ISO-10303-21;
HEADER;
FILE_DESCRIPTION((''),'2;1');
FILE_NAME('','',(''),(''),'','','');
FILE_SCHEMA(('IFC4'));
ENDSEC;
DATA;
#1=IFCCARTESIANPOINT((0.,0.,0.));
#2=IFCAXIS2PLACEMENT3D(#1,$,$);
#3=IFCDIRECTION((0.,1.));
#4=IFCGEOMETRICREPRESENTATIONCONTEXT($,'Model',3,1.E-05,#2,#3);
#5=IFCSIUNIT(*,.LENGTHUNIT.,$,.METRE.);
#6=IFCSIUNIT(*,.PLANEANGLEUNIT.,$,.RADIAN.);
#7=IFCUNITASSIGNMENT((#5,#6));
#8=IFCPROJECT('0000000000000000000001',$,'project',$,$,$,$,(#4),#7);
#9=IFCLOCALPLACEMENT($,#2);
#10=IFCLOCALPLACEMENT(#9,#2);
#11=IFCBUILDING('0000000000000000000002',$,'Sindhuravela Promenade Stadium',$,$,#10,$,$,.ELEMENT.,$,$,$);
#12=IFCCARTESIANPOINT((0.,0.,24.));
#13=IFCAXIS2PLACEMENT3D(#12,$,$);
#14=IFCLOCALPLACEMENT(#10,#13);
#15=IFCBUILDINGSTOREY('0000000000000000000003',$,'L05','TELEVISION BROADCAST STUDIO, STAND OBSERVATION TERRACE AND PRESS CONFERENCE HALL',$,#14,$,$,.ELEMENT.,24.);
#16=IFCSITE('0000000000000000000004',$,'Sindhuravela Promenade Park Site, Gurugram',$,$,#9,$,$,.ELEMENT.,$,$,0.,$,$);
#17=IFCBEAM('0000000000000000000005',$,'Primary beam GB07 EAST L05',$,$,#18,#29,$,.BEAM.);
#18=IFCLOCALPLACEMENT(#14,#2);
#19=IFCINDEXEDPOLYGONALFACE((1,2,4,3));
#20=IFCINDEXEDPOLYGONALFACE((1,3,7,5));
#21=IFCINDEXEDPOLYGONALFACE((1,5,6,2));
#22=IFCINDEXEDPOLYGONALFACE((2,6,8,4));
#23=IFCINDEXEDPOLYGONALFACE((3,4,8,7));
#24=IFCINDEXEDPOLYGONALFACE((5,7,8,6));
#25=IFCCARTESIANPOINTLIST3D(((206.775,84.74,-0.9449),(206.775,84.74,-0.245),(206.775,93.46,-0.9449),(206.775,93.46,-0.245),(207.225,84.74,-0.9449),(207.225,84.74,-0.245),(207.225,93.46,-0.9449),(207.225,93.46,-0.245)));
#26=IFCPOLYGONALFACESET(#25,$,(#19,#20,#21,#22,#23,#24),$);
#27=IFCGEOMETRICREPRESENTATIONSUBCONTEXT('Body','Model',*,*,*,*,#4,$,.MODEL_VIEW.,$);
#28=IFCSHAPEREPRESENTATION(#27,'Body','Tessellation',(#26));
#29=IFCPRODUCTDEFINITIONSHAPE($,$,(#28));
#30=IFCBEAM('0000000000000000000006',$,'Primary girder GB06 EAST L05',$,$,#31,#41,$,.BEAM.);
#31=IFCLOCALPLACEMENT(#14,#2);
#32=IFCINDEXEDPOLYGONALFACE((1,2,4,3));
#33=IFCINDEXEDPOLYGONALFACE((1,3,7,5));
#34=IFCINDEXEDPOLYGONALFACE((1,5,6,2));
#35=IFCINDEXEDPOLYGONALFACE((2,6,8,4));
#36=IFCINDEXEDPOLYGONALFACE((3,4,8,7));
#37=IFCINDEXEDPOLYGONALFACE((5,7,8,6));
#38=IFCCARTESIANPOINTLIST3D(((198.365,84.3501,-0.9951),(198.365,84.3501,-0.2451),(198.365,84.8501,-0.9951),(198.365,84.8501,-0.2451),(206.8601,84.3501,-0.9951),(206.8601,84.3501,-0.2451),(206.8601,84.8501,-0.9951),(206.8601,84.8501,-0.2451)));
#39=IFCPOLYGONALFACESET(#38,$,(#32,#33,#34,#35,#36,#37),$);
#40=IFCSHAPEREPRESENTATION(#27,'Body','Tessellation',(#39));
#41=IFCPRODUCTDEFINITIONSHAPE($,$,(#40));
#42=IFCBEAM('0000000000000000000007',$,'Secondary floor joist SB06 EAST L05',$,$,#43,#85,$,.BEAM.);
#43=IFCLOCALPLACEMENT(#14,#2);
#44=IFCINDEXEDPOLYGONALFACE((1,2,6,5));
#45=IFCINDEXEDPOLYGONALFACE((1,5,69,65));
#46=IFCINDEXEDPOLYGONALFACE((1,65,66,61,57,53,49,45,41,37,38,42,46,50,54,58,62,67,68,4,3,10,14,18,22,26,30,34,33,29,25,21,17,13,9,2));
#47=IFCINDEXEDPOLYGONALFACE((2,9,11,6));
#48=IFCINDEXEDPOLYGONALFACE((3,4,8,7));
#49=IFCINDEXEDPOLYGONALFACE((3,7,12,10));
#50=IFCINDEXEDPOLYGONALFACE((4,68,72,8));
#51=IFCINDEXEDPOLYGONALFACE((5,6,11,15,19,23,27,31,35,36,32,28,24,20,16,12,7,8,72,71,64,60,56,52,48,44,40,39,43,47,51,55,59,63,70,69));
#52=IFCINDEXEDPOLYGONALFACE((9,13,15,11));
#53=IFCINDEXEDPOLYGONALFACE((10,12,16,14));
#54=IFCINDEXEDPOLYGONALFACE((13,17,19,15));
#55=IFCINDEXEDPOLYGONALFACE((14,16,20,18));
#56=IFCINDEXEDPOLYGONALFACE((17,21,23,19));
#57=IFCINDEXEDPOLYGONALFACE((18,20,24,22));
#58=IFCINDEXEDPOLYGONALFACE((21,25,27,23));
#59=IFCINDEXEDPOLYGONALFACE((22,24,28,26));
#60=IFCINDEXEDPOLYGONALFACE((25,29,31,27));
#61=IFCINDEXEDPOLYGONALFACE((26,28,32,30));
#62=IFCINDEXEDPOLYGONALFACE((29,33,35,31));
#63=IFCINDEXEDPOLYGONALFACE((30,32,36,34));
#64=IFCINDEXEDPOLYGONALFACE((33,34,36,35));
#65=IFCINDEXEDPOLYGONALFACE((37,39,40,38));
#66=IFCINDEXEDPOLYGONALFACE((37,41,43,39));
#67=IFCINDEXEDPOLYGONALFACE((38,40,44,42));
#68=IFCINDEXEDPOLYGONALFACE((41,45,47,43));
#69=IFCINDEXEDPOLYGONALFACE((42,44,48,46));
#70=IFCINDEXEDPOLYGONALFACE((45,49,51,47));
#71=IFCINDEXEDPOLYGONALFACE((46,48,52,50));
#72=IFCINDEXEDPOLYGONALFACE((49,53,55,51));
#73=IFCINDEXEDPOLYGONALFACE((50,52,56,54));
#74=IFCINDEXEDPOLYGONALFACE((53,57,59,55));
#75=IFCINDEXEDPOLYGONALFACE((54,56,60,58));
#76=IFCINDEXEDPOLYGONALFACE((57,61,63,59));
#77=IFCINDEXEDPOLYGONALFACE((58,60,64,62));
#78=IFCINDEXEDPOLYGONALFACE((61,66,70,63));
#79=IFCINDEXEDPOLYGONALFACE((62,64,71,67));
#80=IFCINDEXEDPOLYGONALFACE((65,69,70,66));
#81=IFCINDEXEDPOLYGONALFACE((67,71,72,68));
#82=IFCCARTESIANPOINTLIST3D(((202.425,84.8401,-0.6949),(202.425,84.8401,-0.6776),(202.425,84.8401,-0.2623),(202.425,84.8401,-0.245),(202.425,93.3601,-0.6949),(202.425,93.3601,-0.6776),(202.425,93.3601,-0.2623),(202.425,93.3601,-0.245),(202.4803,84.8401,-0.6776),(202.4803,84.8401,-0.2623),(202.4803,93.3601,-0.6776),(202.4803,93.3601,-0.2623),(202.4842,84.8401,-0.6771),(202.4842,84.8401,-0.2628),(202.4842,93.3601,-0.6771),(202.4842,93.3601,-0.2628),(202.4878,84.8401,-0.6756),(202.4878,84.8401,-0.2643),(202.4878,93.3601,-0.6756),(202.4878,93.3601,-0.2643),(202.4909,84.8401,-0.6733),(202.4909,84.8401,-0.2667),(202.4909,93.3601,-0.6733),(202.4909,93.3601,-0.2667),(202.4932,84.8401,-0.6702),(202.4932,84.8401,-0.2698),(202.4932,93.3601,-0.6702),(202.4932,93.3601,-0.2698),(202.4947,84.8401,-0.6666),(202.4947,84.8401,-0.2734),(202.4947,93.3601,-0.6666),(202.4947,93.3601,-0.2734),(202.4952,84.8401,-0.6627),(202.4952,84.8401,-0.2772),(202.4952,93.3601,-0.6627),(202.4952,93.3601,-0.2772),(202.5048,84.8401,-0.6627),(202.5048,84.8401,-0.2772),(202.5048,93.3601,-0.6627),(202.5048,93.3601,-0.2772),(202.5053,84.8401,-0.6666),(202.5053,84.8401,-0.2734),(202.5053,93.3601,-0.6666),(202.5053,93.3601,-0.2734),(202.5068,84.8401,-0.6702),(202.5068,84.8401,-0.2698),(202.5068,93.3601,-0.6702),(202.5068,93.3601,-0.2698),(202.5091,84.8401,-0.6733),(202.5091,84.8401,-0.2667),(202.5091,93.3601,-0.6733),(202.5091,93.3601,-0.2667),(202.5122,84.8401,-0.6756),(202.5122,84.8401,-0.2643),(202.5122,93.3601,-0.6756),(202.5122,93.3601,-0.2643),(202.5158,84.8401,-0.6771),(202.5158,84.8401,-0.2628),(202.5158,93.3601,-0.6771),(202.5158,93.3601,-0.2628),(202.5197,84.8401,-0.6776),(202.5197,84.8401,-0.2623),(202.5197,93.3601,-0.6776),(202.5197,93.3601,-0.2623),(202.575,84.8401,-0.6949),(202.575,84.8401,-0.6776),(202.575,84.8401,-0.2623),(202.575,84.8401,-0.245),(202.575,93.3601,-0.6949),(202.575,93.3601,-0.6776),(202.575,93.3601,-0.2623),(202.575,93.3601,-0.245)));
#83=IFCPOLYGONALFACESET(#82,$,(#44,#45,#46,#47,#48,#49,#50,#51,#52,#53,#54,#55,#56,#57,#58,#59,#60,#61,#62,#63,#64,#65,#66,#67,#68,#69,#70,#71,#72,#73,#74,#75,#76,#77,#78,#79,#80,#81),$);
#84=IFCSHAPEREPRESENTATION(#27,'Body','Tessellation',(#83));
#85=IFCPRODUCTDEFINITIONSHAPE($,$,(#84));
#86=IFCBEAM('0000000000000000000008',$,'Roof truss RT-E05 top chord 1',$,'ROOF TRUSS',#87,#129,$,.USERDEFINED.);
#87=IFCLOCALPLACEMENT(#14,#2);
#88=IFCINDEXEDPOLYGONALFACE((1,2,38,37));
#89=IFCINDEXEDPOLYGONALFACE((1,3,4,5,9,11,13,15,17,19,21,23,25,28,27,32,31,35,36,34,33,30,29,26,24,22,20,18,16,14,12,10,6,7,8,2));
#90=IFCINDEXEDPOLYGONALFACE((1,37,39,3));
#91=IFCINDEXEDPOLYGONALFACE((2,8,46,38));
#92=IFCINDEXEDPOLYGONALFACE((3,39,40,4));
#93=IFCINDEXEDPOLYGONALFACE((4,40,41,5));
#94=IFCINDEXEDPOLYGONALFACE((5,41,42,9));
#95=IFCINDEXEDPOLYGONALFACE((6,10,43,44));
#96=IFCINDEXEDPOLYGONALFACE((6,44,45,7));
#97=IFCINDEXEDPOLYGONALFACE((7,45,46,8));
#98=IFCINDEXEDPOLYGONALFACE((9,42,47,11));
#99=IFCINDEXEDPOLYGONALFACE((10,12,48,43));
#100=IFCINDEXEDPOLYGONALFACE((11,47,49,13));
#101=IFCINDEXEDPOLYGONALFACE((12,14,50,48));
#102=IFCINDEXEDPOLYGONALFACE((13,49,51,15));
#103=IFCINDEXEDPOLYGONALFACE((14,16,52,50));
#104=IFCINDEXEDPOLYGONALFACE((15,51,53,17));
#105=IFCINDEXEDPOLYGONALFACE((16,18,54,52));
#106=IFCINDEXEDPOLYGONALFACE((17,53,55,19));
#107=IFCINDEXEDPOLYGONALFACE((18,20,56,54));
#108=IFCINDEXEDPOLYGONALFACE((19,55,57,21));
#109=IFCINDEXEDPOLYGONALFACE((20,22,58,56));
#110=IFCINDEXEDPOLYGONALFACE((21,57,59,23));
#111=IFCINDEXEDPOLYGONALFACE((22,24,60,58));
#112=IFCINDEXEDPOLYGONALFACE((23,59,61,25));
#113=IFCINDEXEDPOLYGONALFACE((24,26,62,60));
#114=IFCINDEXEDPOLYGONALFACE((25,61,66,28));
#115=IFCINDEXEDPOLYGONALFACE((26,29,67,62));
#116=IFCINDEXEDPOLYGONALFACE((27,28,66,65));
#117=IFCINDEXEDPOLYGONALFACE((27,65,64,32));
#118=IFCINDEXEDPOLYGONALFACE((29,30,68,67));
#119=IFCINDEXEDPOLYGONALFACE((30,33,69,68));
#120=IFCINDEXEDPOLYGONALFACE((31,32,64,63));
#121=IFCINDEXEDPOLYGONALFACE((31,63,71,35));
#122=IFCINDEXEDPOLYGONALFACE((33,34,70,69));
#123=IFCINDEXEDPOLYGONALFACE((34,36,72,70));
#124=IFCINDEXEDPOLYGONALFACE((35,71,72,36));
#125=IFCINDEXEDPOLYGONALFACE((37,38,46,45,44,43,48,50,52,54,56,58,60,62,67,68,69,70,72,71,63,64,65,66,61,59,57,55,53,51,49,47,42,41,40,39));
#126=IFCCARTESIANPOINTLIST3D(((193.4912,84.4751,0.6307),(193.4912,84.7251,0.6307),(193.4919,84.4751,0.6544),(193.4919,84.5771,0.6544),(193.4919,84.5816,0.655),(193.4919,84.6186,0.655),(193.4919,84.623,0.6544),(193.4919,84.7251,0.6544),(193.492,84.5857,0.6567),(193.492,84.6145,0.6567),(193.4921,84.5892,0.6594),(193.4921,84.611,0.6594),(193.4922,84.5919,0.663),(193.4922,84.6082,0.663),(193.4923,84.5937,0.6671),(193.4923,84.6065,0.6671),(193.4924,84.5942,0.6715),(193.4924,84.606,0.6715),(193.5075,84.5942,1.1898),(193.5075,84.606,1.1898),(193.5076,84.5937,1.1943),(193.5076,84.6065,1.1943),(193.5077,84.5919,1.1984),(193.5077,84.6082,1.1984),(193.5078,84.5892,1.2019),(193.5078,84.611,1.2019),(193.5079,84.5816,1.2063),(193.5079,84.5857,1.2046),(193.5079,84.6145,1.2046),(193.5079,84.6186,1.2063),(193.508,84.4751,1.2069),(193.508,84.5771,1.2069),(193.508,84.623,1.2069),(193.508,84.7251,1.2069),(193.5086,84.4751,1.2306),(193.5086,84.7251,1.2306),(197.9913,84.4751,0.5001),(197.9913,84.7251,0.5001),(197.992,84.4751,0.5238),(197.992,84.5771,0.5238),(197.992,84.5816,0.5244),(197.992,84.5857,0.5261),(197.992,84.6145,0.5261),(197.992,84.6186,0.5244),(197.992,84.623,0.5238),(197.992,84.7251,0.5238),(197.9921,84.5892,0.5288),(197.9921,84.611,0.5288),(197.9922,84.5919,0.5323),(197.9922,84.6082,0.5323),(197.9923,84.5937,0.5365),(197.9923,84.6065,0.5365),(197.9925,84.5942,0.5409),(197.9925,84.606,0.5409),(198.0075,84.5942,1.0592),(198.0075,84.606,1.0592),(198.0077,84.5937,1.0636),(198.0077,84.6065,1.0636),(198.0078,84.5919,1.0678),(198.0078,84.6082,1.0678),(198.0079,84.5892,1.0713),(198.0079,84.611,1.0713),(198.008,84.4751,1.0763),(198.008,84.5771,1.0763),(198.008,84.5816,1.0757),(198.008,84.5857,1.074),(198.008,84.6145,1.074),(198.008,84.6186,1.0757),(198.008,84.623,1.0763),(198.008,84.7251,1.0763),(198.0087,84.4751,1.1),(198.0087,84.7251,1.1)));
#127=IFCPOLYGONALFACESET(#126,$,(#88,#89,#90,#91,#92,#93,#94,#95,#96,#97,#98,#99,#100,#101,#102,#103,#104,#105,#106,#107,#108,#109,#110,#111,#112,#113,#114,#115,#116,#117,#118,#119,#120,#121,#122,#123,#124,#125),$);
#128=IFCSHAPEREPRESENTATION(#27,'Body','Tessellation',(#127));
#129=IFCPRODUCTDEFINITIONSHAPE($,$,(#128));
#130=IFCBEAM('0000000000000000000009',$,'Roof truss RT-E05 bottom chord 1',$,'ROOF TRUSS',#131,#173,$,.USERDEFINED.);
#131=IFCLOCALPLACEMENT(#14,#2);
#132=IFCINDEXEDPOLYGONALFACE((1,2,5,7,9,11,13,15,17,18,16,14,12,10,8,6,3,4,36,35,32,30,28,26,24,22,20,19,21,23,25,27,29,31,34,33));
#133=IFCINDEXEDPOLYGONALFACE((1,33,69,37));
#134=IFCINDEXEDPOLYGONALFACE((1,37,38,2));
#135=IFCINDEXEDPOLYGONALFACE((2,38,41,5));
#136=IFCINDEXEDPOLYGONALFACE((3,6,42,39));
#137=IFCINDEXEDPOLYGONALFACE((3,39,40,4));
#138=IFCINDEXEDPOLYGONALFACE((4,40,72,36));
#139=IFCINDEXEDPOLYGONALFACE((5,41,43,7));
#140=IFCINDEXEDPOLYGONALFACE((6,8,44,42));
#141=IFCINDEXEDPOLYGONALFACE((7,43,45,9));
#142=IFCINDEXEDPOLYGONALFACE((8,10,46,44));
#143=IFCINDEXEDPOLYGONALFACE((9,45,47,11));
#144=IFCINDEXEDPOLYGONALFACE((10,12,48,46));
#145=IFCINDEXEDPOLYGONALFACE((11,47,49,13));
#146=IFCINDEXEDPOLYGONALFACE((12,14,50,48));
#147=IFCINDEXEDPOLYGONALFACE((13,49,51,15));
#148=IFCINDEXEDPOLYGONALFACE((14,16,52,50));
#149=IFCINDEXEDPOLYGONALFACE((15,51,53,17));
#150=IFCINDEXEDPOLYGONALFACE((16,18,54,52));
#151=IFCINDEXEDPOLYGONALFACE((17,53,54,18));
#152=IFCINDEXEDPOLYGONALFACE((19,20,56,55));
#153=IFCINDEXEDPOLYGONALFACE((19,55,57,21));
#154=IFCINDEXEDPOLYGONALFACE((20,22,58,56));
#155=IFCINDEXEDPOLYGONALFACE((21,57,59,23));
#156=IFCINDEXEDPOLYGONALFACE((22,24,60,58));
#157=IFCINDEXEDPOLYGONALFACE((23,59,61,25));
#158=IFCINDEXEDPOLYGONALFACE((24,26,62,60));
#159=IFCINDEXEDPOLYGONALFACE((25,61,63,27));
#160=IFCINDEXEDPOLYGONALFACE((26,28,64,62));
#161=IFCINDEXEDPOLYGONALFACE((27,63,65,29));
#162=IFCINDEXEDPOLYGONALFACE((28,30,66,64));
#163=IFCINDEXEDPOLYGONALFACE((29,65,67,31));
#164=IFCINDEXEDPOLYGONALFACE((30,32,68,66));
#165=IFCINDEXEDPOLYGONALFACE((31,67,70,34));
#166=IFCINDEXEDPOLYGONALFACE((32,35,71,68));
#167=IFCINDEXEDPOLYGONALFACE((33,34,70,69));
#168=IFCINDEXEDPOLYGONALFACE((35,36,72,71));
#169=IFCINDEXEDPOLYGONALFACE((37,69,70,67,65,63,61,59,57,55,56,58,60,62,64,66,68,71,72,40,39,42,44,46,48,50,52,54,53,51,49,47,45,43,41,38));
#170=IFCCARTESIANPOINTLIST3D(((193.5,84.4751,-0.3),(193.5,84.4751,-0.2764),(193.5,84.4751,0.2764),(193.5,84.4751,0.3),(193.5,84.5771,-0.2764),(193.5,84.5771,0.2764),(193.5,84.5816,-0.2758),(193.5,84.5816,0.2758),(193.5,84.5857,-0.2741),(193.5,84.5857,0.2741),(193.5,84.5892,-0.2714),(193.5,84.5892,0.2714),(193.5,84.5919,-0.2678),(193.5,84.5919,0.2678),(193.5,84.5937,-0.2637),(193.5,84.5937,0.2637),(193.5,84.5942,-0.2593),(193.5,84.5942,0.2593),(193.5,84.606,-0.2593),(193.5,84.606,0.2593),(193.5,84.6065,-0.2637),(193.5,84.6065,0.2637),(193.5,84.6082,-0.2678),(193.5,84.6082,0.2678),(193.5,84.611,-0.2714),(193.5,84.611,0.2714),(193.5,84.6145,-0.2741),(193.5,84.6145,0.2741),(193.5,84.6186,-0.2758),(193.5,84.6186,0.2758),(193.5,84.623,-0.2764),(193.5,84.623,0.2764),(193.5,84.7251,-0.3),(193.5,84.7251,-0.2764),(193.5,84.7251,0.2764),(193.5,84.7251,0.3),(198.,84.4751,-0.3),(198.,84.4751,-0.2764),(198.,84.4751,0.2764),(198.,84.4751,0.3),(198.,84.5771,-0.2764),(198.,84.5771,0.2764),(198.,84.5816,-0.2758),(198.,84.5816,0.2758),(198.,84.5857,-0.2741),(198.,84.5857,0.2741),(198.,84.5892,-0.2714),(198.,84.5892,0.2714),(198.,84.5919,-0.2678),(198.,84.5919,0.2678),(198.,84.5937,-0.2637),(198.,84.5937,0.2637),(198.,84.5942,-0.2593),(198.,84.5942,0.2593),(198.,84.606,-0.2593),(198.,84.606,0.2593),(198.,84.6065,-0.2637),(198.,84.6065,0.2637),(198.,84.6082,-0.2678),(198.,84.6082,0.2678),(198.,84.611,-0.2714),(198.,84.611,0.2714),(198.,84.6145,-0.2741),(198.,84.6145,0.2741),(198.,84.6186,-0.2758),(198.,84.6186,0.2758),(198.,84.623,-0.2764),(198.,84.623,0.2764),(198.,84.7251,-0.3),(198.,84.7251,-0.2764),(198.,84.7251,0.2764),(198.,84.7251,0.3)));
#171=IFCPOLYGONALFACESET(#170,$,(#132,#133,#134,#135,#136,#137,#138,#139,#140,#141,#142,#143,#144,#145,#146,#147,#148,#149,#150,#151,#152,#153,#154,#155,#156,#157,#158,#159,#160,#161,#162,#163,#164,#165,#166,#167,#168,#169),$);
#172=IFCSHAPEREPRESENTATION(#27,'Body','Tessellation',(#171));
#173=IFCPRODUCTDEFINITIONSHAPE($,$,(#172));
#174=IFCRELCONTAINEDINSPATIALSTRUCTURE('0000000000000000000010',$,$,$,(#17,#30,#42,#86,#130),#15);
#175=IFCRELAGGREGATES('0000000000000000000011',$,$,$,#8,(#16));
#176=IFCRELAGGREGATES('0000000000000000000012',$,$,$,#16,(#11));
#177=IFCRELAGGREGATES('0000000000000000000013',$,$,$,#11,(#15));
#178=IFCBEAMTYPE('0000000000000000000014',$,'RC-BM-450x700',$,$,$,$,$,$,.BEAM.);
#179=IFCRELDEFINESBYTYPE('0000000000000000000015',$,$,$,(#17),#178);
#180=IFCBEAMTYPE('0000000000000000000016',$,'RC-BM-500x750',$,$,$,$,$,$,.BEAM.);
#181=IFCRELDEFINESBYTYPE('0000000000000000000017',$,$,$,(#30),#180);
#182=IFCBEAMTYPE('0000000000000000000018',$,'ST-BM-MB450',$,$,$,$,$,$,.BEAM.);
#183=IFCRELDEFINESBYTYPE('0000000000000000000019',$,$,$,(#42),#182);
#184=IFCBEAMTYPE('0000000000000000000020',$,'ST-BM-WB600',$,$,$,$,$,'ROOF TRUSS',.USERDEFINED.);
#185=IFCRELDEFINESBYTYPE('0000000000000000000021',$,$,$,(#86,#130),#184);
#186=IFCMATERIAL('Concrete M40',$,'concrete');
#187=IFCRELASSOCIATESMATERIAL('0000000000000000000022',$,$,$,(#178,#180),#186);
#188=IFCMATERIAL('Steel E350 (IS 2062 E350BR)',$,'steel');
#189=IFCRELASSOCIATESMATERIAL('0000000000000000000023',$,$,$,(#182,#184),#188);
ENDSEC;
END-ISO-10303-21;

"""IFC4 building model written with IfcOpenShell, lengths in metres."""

from ifc_helpers import new_model, si_unit, direction, frame, origin, origin_2d, place, context, subcontext, project, spatial, rectangle, i_section, extrude, material, material_profile, profile_set, type_object, element, save


model = new_model("IFC4")

# Units and contexts
model_context = context("Model", 3, precision=1e-05, world=origin(), true_north=direction((0.0, 1.0)))
body_context = subcontext(model_context, "Body", "Model", "MODEL_VIEW")
ifc_project = project(units=[si_unit("LENGTHUNIT", "METRE"), si_unit("PLANEANGLEUNIT", "RADIAN")], contexts=[model_context])

# Site, building, storey
site_placement = place(None, origin())
site = spatial("IfcSite", under=ifc_project, at=site_placement, Name="Sindhuravela Promenade Park Site, Gurugram", CompositionType="ELEMENT", RefElevation=0.0)
building_placement = place(site_placement, origin())
building = spatial("IfcBuilding", under=site, at=building_placement, Name="Sindhuravela Promenade Stadium", CompositionType="ELEMENT")
storey_placement = place(building_placement, frame((0.0, 0.0, 24.0)))
storey = spatial("IfcBuildingStorey", under=building, at=storey_placement, Name="L05", Description="TELEVISION BROADCAST STUDIO, STAND OBSERVATION TERRACE AND PRESS CONFERENCE HALL", CompositionType="ELEMENT", Elevation=24.0)

# Beams
ifc_material_1 = material(Name="Concrete M40", Category="concrete")
ifc_material_profile_1 = material_profile(ifc_material_1, rectangle(XDim=0.45, YDim=0.7, at=origin_2d()), Name="RC 450x700")
ifc_profile_set_1 = profile_set([ifc_material_profile_1], Name="Concrete M40")
beam_type_1 = type_object("IfcBeamType", Name="RC-BM-450x700", PredefinedType="BEAM", material=ifc_profile_set_1)
beam_1_placement = place(storey_placement, frame((207.0, 84.74, -0.595), z_axis=(0.0, 1.0, 0.0), x_axis=(-1.0, 0.0, 0.0)))
element("IfcBeam", 1, at=beam_1_placement, inside=storey, type_object=beam_type_1, Name="Primary beam GB07 EAST L05", PredefinedType="BEAM", context=body_context, shape_type="SweptSolid", body=[
    extrude(rectangle(XDim=0.45, YDim=0.7, at=origin_2d()), origin(), (0.0, 0.0, 1.0), 8.72),
])
ifc_material_profile_2 = material_profile(ifc_material_1, rectangle(XDim=0.5, YDim=0.75, at=origin_2d()), Name="RC 500x750")
ifc_profile_set_2 = profile_set([ifc_material_profile_2], Name="Concrete M40")
beam_type_2 = type_object("IfcBeamType", Name="RC-BM-500x750", PredefinedType="BEAM", material=ifc_profile_set_2)
beam_2_placement = place(storey_placement, frame((198.365, 84.6001, -0.6201), z_axis=(1.0, 0.0, 0.0), x_axis=(0.0, 1.0, 0.0)))
element("IfcBeam", 2, at=beam_2_placement, inside=storey, type_object=beam_type_2, Name="Primary girder GB06 EAST L05", PredefinedType="BEAM", context=body_context, shape_type="SweptSolid", body=[
    extrude(rectangle(XDim=0.5, YDim=0.75, at=origin_2d()), origin(), (0.0, 0.0, 1.0), 8.4951),
])
ifc_material_2 = material(Name="Steel E350 (IS 2062 E350BR)", Category="steel")
ifc_material_profile_3 = material_profile(ifc_material_2, i_section(OverallWidth=0.1499, OverallDepth=0.45, WebThickness=0.0095, FlangeThickness=0.0173, FilletRadius=0.0149, at=origin_2d()), Name="ISMB 450")
ifc_profile_set_3 = profile_set([ifc_material_profile_3], Name="Steel E350 (IS 2062 E350BR)")
beam_type_3 = type_object("IfcBeamType", Name="ST-BM-MB450", PredefinedType="BEAM", material=ifc_profile_set_3)
beam_3_placement = place(storey_placement, frame((202.5, 84.8401, -0.47), z_axis=(0.0, 1.0, 0.0), x_axis=(-1.0, 0.0, 0.0)))
element("IfcBeam", 3, at=beam_3_placement, inside=storey, type_object=beam_type_3, Name="Secondary floor joist SB06 EAST L05", PredefinedType="BEAM", context=body_context, shape_type="SweptSolid", body=[
    extrude(i_section(OverallWidth=0.1499, OverallDepth=0.45, WebThickness=0.0095, FlangeThickness=0.0173, FilletRadius=0.0149, at=origin_2d()), origin(), (0.0, 0.0, 1.0), 8.52),
])
ifc_material_profile_4 = material_profile(ifc_material_2, i_section(OverallWidth=0.25, OverallDepth=0.6001, WebThickness=0.0117, FlangeThickness=0.0237, FilletRadius=0.0171, at=origin_2d()), Name="ISWB 600")
ifc_profile_set_4 = profile_set([ifc_material_profile_4], Name="Steel E350 (IS 2062 E350BR)")
beam_type_4 = type_object("IfcBeamType", Name="ST-BM-WB600", ElementType="ROOF TRUSS", PredefinedType="USERDEFINED", material=ifc_profile_set_4)
beam_4_placement = place(storey_placement, frame((198.0, 84.6001, 0.8), z_axis=(-0.999579, 0.0, 0.029013), x_axis=(0.0, -1.0, 0.0)))
element("IfcBeam", 4, at=beam_4_placement, inside=storey, type_object=beam_type_4, Name="Roof truss RT-E05 top chord 1", ObjectType="ROOF TRUSS", PredefinedType="USERDEFINED", context=body_context, shape_type="SweptSolid", body=[
    extrude(i_section(OverallWidth=0.25, OverallDepth=0.6001, WebThickness=0.0117, FlangeThickness=0.0237, FilletRadius=0.0171, at=origin_2d()), origin(), (0.0, 0.0, 1.0), 4.502),
])
beam_5_placement = place(storey_placement, frame((198.0, 84.6001, 0.0), z_axis=(-1.0, 0.0, 0.0), x_axis=(0.0, -1.0, 0.0)))
element("IfcBeam", 5, at=beam_5_placement, inside=storey, type_object=beam_type_4, Name="Roof truss RT-E05 bottom chord 1", ObjectType="ROOF TRUSS", PredefinedType="USERDEFINED", context=body_context, shape_type="SweptSolid", body=[
    extrude(i_section(OverallWidth=0.25, OverallDepth=0.6001, WebThickness=0.0117, FlangeThickness=0.0237, FilletRadius=0.0171, at=origin_2d()), origin(), (0.0, 0.0, 1.0), 4.5),
])

save(model, "model.ifc")
